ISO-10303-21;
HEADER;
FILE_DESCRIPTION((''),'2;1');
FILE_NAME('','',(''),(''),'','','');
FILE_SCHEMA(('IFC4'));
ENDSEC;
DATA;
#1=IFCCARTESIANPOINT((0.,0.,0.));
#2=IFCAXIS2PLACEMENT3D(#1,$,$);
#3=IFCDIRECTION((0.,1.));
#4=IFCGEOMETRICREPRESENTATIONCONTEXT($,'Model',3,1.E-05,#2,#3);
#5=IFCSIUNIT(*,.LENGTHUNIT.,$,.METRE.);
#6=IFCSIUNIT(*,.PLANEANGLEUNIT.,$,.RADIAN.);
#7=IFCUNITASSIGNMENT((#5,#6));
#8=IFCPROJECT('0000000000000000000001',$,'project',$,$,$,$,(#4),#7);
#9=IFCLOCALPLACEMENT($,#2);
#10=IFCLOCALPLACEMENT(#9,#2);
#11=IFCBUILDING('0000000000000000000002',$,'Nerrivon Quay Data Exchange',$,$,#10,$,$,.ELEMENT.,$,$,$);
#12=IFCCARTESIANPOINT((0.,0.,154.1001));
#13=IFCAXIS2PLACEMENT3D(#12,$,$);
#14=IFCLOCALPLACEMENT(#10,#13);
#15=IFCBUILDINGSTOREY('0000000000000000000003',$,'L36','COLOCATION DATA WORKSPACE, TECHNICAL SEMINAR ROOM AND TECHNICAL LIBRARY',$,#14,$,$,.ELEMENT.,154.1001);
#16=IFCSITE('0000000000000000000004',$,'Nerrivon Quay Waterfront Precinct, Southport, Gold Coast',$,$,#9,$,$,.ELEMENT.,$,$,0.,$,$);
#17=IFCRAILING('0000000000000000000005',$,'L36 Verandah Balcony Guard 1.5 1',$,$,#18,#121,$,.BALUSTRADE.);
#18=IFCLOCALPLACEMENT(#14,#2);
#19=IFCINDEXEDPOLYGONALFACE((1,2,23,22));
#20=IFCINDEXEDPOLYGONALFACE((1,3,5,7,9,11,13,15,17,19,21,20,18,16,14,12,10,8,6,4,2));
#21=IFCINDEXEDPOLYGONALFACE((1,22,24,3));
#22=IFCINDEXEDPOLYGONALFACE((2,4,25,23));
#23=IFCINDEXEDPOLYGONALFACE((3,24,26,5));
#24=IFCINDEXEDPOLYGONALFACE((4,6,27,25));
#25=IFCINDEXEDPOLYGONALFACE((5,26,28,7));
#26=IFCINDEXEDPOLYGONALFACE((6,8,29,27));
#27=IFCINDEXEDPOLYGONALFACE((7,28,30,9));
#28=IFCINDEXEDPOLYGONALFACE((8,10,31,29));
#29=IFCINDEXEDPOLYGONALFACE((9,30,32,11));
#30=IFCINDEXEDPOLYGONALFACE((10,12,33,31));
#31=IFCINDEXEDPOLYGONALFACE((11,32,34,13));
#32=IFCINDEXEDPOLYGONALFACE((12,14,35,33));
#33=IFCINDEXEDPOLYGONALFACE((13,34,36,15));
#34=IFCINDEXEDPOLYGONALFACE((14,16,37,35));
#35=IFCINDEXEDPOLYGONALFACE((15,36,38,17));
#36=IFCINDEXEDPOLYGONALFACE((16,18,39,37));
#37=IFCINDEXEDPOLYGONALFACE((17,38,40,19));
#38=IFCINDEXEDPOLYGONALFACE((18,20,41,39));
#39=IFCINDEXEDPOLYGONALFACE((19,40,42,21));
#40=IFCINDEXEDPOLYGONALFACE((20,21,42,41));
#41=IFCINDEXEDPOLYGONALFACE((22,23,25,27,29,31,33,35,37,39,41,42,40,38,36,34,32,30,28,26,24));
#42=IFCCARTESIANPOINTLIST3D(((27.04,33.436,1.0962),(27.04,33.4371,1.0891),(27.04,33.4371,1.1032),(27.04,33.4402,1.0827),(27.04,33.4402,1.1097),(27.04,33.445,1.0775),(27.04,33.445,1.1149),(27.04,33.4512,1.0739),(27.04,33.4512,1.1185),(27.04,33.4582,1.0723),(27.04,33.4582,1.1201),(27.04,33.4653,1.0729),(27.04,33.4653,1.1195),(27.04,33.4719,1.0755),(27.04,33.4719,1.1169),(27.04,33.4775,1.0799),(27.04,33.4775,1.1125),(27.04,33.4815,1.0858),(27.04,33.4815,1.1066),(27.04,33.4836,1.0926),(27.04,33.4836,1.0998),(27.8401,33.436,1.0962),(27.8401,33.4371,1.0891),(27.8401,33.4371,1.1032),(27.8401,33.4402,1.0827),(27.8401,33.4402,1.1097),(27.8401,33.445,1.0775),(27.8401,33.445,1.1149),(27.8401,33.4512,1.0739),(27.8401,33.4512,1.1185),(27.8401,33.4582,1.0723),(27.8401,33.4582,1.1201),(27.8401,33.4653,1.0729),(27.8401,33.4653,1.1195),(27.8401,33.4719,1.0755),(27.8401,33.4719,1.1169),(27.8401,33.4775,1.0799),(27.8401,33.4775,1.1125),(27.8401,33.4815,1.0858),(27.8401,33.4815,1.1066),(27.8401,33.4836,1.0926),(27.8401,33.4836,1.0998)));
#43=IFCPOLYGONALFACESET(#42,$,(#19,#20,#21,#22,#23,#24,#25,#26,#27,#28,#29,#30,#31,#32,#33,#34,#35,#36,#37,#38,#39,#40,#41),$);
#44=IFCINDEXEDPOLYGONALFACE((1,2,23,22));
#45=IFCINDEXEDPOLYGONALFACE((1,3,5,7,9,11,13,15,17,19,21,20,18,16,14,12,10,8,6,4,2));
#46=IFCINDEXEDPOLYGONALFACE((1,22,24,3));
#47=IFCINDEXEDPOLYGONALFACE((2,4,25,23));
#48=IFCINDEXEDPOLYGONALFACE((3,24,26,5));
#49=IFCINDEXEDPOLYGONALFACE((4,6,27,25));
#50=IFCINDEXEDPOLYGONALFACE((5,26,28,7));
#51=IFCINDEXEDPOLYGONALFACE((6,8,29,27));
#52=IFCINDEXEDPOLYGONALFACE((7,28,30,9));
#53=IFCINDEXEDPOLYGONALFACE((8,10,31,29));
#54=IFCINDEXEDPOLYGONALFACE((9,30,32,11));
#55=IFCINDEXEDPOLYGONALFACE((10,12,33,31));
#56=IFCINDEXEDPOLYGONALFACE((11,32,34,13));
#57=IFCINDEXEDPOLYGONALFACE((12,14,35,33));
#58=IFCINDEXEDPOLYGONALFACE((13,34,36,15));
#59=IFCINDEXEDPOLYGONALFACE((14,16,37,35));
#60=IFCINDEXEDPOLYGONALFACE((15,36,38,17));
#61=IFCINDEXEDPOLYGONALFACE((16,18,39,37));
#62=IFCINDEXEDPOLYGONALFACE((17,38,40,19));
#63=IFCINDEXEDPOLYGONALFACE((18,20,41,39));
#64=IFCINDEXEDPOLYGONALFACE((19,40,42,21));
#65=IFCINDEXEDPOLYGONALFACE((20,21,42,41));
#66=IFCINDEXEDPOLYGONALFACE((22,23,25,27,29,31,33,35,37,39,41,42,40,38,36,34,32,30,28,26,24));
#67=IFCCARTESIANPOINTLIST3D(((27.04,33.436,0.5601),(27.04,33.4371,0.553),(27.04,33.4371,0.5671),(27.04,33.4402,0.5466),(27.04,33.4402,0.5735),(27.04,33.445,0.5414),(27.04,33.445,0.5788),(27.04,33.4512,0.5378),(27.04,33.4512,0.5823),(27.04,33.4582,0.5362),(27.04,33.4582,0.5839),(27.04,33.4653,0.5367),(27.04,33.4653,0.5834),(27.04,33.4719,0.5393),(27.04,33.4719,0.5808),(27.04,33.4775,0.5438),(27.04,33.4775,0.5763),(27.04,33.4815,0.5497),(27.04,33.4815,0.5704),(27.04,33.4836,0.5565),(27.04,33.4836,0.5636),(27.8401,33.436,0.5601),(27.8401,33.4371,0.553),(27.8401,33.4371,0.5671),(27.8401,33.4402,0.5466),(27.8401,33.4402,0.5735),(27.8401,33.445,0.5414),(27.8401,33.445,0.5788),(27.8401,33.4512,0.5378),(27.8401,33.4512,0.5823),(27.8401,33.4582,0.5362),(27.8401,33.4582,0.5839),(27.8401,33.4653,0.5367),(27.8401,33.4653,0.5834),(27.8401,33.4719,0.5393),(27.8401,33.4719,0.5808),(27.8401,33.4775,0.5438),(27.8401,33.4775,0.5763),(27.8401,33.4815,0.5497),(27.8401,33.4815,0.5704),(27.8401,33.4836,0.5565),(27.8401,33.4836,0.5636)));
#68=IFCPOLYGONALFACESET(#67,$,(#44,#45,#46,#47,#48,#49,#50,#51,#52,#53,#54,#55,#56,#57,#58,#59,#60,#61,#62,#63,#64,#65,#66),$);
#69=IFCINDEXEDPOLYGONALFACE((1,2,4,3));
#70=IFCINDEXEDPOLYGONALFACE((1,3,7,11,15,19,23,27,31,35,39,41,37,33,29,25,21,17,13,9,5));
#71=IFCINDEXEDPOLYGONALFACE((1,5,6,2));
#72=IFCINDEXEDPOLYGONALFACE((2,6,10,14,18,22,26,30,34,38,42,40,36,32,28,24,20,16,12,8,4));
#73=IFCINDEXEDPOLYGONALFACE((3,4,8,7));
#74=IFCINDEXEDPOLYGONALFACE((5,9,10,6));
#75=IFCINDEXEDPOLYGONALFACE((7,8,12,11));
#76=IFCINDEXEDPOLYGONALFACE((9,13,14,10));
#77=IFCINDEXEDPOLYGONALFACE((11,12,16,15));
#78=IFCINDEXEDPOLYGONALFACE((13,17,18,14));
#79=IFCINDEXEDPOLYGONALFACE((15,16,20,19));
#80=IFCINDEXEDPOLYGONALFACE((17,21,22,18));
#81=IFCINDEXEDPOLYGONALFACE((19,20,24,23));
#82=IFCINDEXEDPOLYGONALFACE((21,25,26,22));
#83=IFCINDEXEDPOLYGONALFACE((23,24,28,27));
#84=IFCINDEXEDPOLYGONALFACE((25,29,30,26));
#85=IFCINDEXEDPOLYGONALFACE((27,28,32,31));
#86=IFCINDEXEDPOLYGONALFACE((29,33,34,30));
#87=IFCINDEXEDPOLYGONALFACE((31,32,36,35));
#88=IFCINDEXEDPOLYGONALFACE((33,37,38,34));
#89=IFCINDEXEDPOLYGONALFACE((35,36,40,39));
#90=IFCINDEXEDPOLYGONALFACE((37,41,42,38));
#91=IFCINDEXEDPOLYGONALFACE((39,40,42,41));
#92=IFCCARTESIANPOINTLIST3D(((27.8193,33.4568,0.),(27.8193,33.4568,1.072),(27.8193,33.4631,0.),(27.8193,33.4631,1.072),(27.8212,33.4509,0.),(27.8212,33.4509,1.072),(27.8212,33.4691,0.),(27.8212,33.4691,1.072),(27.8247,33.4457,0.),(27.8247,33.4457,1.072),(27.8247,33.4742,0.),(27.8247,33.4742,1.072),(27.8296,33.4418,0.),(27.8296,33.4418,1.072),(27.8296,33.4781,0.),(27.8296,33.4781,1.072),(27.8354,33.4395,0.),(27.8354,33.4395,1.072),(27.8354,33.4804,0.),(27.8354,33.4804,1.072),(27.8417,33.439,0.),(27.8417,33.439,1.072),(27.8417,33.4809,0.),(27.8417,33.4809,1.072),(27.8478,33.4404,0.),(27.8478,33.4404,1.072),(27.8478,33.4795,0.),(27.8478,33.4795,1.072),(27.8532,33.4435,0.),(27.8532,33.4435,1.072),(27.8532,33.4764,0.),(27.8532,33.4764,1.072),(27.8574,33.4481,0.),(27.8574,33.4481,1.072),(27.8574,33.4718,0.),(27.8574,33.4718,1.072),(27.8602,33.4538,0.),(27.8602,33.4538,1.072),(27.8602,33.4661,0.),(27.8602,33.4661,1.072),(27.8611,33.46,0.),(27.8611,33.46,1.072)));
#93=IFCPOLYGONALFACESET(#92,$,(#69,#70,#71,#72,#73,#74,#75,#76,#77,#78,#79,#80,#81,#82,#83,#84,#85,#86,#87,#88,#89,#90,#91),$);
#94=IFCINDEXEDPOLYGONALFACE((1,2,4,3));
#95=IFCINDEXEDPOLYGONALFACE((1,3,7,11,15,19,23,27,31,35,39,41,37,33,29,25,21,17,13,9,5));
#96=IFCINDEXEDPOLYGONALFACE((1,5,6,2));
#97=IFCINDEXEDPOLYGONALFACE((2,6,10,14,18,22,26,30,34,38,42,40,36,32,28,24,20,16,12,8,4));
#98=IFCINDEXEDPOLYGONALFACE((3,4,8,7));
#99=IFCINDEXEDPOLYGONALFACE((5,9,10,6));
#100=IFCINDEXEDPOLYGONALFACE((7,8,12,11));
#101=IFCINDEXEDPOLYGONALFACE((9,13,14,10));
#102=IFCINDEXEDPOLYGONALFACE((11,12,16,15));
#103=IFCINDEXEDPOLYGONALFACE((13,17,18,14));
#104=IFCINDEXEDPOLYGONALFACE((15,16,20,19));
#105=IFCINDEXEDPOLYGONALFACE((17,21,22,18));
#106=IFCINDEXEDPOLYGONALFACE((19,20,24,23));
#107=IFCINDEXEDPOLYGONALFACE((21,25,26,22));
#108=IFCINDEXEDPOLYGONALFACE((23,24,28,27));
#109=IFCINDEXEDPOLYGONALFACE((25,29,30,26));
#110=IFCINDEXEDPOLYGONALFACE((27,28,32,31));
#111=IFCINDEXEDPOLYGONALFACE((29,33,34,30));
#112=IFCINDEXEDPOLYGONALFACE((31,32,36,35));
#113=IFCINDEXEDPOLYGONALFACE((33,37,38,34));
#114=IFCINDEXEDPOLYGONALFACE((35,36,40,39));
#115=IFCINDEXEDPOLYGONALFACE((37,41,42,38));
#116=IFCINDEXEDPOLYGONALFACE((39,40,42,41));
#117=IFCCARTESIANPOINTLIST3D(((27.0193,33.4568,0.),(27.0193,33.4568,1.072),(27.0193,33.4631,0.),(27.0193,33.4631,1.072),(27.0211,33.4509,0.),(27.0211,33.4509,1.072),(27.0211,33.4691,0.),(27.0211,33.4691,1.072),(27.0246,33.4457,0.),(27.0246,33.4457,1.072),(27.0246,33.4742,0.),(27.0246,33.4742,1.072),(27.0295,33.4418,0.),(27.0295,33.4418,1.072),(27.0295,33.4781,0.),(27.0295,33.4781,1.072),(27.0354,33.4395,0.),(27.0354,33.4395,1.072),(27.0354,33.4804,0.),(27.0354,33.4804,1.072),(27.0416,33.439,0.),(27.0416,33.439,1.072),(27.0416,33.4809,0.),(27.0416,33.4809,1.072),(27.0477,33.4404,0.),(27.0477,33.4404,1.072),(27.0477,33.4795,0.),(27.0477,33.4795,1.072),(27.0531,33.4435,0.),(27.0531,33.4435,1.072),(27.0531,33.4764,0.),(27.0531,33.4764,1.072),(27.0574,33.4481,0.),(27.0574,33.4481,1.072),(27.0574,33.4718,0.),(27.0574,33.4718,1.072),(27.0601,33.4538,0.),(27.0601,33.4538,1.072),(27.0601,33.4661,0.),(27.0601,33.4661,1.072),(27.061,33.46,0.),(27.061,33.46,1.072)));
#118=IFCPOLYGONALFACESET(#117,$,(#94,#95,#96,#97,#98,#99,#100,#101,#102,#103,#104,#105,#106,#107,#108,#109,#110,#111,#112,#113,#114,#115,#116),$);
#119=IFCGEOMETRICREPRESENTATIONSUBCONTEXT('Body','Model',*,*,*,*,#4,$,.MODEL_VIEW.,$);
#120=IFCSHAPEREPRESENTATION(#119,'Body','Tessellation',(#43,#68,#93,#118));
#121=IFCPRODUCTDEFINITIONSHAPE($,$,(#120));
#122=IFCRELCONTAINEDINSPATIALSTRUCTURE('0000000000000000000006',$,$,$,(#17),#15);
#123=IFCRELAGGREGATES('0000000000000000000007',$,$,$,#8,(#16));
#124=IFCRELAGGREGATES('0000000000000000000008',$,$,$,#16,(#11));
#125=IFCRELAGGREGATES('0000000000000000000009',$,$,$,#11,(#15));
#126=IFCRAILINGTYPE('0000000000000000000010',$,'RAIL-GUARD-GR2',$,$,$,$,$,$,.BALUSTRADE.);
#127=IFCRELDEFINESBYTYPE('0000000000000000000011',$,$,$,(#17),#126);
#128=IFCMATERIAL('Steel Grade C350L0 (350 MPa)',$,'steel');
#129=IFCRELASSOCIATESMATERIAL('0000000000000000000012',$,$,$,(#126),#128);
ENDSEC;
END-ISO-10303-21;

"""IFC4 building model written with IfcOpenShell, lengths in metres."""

from ifc_helpers import new_model, si_unit, direction, frame, origin, origin_2d, place, context, subcontext, project, spatial, circle, extrude, material, type_object, element, save


model = new_model("IFC4")

# Units and contexts
model_context = context("Model", 3, precision=1e-05, world=origin(), true_north=direction((0.0, 1.0)))
body_context = subcontext(model_context, "Body", "Model", "MODEL_VIEW")
ifc_project = project(units=[si_unit("LENGTHUNIT", "METRE"), si_unit("PLANEANGLEUNIT", "RADIAN")], contexts=[model_context])

# Site, building, storey
site_placement = place(None, origin())
site = spatial("IfcSite", under=ifc_project, at=site_placement, Name="Nerrivon Quay Waterfront Precinct, Southport, Gold Coast", CompositionType="ELEMENT", RefElevation=0.0)
building_placement = place(site_placement, origin())
building = spatial("IfcBuilding", under=site, at=building_placement, Name="Nerrivon Quay Data Exchange", CompositionType="ELEMENT")
storey_placement = place(building_placement, frame((0.0, 0.0, 154.1001)))
storey = spatial("IfcBuildingStorey", under=building, at=storey_placement, Name="L36", Description="COLOCATION DATA WORKSPACE, TECHNICAL SEMINAR ROOM AND TECHNICAL LIBRARY", CompositionType="ELEMENT", Elevation=154.1001)

# Railing
ifc_material_1 = material(Name="Steel Grade C350L0 (350 MPa)", Category="steel")
railing_type = type_object("IfcRailingType", Name="RAIL-GUARD-GR2", PredefinedType="BALUSTRADE", material=ifc_material_1)
railing_1_placement = place(storey_placement, frame((27.8401, 33.46, 0.0)))
element("IfcRailing", 1, at=railing_1_placement, inside=storey, type_object=railing_type, Name="L36 Verandah Balcony Guard 1.5 1", PredefinedType="BALUSTRADE", context=body_context, shape_type="SweptSolid", body=[
    extrude(circle(Radius=0.0239, at=origin_2d()), frame((0.0, 0.0, 1.0962), z_axis=(-1.0, 0.0, 0.0), x_axis=(0.0, -1.0, 0.0)), (0.0, 0.0, 1.0), 0.8),
    extrude(circle(Radius=0.0239, at=origin_2d()), frame((0.0, 0.0, 0.5601), z_axis=(-1.0, 0.0, 0.0), x_axis=(0.0, -1.0, 0.0)), (0.0, 0.0, 1.0), 0.8),
    extrude(circle(Radius=0.021, at=origin_2d()), origin(), (0.0, 0.0, 1.0), 1.072),
    extrude(circle(Radius=0.021, at=origin_2d()), frame((-0.8, 0.0, 0.0)), (0.0, 0.0, 1.0), 1.072),
])

save(model, "model.ifc")
